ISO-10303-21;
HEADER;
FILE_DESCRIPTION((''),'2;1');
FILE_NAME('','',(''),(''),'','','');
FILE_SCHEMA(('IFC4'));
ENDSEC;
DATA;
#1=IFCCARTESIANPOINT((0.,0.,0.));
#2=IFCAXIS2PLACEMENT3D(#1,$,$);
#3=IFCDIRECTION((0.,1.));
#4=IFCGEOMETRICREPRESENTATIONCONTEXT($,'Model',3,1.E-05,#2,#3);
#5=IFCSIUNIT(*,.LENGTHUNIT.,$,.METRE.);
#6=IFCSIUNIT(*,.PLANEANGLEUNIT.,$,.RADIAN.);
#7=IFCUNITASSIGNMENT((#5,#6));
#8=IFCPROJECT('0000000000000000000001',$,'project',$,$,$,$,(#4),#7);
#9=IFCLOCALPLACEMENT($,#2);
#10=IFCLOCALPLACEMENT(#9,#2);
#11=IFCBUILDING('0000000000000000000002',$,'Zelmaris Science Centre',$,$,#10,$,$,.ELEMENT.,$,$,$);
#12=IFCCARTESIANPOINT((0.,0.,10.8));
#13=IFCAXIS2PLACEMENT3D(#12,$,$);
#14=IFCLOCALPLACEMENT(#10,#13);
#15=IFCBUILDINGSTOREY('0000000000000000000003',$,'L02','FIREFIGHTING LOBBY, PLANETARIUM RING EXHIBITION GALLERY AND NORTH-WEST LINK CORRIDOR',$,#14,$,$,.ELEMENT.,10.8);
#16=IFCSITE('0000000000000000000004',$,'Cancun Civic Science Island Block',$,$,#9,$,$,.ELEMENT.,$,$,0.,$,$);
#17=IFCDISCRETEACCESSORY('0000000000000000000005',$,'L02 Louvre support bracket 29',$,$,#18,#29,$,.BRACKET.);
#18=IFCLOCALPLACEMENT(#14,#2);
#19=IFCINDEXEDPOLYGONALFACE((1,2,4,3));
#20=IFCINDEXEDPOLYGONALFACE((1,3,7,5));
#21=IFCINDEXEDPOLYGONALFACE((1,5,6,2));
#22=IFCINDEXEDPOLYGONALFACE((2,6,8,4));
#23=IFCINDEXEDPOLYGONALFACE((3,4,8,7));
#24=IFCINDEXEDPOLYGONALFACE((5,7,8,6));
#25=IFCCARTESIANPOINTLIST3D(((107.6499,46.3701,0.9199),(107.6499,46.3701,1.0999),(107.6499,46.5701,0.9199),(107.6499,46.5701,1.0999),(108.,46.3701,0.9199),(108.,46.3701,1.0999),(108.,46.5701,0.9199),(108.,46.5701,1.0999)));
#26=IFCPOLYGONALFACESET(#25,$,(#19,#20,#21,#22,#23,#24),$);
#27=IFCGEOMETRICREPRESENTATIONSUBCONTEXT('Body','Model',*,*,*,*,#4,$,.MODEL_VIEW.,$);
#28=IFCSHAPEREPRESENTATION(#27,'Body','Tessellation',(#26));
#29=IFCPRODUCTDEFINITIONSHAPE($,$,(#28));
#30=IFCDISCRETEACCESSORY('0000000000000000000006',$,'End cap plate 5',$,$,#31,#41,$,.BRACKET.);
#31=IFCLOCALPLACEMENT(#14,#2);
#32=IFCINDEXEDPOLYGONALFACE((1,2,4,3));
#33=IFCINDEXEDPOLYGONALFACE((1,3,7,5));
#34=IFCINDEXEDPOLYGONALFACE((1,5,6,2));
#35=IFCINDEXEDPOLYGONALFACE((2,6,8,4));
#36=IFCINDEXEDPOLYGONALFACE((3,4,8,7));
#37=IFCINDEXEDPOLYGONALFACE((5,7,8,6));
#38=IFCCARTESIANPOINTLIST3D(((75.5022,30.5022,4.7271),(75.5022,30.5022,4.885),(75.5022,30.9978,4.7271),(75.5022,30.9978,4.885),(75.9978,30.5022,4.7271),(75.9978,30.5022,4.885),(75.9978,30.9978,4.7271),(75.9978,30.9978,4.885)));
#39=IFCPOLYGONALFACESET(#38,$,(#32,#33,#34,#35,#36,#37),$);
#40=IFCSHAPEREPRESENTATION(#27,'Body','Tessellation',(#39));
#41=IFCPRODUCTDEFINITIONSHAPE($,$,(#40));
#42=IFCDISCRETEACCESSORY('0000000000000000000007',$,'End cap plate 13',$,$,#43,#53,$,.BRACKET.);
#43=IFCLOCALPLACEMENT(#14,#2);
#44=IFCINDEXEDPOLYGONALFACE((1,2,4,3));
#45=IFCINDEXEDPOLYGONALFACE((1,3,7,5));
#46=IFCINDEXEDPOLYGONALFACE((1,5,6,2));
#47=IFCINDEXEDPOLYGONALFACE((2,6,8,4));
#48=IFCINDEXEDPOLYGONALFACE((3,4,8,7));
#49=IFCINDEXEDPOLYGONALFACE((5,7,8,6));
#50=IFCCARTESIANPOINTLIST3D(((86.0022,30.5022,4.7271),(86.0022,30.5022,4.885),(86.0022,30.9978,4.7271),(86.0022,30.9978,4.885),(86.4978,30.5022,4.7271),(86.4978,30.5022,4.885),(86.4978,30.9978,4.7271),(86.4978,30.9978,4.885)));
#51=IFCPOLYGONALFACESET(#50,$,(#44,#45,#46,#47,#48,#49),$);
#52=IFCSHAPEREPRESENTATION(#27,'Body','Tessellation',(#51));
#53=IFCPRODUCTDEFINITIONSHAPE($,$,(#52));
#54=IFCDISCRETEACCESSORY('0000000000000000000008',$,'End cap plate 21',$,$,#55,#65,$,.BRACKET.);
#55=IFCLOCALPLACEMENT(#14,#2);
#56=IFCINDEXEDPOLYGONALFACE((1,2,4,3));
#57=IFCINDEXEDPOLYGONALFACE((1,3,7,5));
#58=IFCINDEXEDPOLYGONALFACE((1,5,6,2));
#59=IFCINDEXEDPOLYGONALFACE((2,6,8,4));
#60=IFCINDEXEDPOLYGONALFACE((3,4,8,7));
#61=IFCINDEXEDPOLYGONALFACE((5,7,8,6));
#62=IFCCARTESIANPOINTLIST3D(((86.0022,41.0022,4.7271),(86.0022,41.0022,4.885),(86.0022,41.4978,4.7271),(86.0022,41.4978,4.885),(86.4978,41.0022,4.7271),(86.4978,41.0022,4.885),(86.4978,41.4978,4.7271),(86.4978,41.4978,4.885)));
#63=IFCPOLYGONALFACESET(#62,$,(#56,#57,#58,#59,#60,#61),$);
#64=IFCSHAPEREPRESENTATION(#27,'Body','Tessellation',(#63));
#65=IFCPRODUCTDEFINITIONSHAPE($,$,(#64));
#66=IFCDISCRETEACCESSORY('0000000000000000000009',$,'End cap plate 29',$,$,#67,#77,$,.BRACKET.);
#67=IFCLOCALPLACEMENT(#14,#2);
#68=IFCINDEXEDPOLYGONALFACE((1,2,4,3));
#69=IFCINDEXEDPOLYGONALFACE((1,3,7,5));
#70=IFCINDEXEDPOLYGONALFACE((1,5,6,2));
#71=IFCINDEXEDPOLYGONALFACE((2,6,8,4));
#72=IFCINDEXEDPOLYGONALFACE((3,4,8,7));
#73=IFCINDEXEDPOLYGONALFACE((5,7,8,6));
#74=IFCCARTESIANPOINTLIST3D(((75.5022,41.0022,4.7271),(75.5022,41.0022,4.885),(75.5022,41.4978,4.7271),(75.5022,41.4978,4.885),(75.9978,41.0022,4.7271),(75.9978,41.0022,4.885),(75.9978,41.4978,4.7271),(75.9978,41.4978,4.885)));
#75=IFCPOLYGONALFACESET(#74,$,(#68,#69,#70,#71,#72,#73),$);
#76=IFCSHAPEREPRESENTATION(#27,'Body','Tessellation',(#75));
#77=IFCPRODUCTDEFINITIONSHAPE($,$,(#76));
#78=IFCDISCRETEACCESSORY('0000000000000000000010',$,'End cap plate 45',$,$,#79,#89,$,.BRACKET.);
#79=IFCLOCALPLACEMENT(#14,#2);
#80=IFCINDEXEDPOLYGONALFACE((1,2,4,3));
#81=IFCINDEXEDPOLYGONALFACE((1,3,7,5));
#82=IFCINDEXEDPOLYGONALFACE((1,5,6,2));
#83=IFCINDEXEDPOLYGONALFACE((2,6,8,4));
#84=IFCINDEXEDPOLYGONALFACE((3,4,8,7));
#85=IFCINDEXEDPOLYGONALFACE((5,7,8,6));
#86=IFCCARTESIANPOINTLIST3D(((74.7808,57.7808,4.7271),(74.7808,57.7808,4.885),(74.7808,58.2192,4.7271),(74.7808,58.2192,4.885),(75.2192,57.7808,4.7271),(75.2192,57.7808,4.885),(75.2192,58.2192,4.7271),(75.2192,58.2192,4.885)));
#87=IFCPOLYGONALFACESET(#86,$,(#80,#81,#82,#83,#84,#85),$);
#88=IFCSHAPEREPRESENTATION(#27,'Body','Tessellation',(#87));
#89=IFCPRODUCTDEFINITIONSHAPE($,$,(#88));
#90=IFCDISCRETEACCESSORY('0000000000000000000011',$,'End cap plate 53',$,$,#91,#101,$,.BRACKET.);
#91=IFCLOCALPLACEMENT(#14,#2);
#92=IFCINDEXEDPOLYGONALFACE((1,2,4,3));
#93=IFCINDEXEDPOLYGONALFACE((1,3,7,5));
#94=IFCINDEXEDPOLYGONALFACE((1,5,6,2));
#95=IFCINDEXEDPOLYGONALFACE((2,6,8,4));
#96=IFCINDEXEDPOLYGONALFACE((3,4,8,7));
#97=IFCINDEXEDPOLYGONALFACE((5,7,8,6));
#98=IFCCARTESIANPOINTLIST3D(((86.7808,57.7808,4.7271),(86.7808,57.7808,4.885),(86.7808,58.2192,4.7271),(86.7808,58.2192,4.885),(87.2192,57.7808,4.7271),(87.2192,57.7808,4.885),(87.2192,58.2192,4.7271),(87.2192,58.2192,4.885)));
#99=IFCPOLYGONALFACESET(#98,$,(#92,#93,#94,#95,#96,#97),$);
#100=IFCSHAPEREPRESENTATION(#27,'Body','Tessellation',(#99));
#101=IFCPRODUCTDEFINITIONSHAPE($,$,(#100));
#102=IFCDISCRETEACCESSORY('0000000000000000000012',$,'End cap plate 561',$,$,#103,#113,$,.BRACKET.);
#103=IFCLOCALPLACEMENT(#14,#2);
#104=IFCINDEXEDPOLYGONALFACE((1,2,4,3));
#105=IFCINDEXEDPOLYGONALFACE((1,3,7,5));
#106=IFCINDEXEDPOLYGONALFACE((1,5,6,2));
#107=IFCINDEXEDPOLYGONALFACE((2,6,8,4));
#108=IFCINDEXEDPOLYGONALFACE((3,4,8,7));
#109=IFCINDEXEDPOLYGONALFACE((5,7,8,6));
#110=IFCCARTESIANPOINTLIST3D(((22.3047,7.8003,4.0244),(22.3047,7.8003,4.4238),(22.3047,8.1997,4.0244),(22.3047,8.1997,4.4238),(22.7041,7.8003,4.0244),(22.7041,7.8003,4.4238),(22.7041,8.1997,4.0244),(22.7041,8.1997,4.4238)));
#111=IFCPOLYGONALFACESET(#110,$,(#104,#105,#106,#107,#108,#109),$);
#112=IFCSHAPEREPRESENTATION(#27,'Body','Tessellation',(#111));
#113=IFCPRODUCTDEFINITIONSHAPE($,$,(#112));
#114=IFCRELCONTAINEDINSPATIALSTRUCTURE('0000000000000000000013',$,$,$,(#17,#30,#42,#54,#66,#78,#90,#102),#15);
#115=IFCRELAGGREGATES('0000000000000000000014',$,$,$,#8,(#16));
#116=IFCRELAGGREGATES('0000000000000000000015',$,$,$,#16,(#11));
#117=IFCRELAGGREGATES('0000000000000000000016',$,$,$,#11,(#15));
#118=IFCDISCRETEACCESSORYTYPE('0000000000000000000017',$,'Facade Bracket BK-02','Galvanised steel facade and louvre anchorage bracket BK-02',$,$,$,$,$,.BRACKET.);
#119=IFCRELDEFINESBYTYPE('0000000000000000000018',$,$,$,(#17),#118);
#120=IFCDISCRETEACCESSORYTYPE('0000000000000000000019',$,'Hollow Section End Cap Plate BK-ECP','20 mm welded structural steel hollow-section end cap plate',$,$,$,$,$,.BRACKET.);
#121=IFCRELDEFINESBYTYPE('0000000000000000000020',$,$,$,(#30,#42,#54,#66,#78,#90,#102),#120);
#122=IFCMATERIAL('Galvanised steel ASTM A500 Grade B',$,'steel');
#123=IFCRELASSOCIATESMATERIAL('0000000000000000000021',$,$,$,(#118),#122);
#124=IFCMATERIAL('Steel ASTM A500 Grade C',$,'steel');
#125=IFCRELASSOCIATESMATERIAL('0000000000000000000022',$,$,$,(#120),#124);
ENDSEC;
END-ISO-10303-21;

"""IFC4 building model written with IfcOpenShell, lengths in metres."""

from ifc_helpers import new_model, si_unit, direction, frame, origin, place, context, subcontext, project, spatial, polyline, outline, extrude, material, type_object, element, save


model = new_model("IFC4")

# Units and contexts
model_context = context("Model", 3, precision=1e-05, world=origin(), true_north=direction((0.0, 1.0)))
body_context = subcontext(model_context, "Body", "Model", "MODEL_VIEW")
ifc_project = project(units=[si_unit("LENGTHUNIT", "METRE"), si_unit("PLANEANGLEUNIT", "RADIAN")], contexts=[model_context])

# Site, building, storey
site_placement = place(None, origin())
site = spatial("IfcSite", under=ifc_project, at=site_placement, Name="Cancun Civic Science Island Block", CompositionType="ELEMENT", RefElevation=0.0)
building_placement = place(site_placement, origin())
building = spatial("IfcBuilding", under=site, at=building_placement, Name="Zelmaris Science Centre", CompositionType="ELEMENT")
storey_placement = place(building_placement, frame((0.0, 0.0, 10.8)))
storey = spatial("IfcBuildingStorey", under=building, at=storey_placement, Name="L02", Description="FIREFIGHTING LOBBY, PLANETARIUM RING EXHIBITION GALLERY AND NORTH-WEST LINK CORRIDOR", CompositionType="ELEMENT", Elevation=10.8)

# Discrete accessories
ifc_material_1 = material(Name="Galvanised steel ASTM A500 Grade B", Category="steel")
discrete_accessory_type_1 = type_object("IfcDiscreteAccessoryType", Name="Facade Bracket BK-02", Description="Galvanised steel facade and louvre anchorage bracket BK-02", PredefinedType="BRACKET", material=ifc_material_1)
discrete_accessory_1_placement = place(storey_placement, frame((0.0, 0.0, 0.9199)))
element("IfcDiscreteAccessory", 1, at=discrete_accessory_1_placement, inside=storey, type_object=discrete_accessory_type_1, Name="L02 Louvre support bracket 29", PredefinedType="BRACKET", context=body_context, shape_type="SweptSolid", body=[
    extrude(outline(polyline([(108.0, 46.3701), (108.0, 46.5701), (107.6499, 46.5701), (107.6499, 46.3701), (108.0, 46.3701)])), origin(), (0.0, 0.0, 1.0), 0.1799),
])
ifc_material_2 = material(Name="Steel ASTM A500 Grade C", Category="steel")
discrete_accessory_type_2 = type_object("IfcDiscreteAccessoryType", Name="Hollow Section End Cap Plate BK-ECP", Description="20 mm welded structural steel hollow-section end cap plate", PredefinedType="BRACKET", material=ifc_material_2)
discrete_accessory_2_placement = place(storey_placement, frame((0.0, 0.0, 4.7271)))
element("IfcDiscreteAccessory", 2, at=discrete_accessory_2_placement, inside=storey, type_object=discrete_accessory_type_2, Name="End cap plate 5", PredefinedType="BRACKET", context=body_context, shape_type="SweptSolid", body=[
    extrude(outline(polyline([(75.5022, 30.5022), (75.9978, 30.5022), (75.9978, 30.9978), (75.5022, 30.9978), (75.5022, 30.5022)])), origin(), (0.0, 0.0, 1.0), 0.158),
])
discrete_accessory_3_placement = place(storey_placement, frame((0.0, 0.0, 4.7271)))
element("IfcDiscreteAccessory", 3, at=discrete_accessory_3_placement, inside=storey, type_object=discrete_accessory_type_2, Name="End cap plate 13", PredefinedType="BRACKET", context=body_context, shape_type="SweptSolid", body=[
    extrude(outline(polyline([(86.0022, 30.5022), (86.4978, 30.5022), (86.4978, 30.9978), (86.0022, 30.9978), (86.0022, 30.5022)])), origin(), (0.0, 0.0, 1.0), 0.158),
])
discrete_accessory_4_placement = place(storey_placement, frame((0.0, 0.0, 4.7271)))
element("IfcDiscreteAccessory", 4, at=discrete_accessory_4_placement, inside=storey, type_object=discrete_accessory_type_2, Name="End cap plate 21", PredefinedType="BRACKET", context=body_context, shape_type="SweptSolid", body=[
    extrude(outline(polyline([(86.0022, 41.0022), (86.4978, 41.0022), (86.4978, 41.4978), (86.0022, 41.4978), (86.0022, 41.0022)])), origin(), (0.0, 0.0, 1.0), 0.158),
])
discrete_accessory_5_placement = place(storey_placement, frame((0.0, 0.0, 4.7271)))
element("IfcDiscreteAccessory", 5, at=discrete_accessory_5_placement, inside=storey, type_object=discrete_accessory_type_2, Name="End cap plate 29", PredefinedType="BRACKET", context=body_context, shape_type="SweptSolid", body=[
    extrude(outline(polyline([(75.5022, 41.0022), (75.9978, 41.0022), (75.9978, 41.4978), (75.5022, 41.4978), (75.5022, 41.0022)])), origin(), (0.0, 0.0, 1.0), 0.158),
])
discrete_accessory_6_placement = place(storey_placement, frame((0.0, 0.0, 4.7271)))
element("IfcDiscreteAccessory", 6, at=discrete_accessory_6_placement, inside=storey, type_object=discrete_accessory_type_2, Name="End cap plate 45", PredefinedType="BRACKET", context=body_context, shape_type="SweptSolid", body=[
    extrude(outline(polyline([(74.7808, 57.7808), (75.2192, 57.7808), (75.2192, 58.2192), (74.7808, 58.2192), (74.7808, 57.7808)])), origin(), (0.0, 0.0, 1.0), 0.158),
])
discrete_accessory_7_placement = place(storey_placement, frame((0.0, 0.0, 4.7271)))
element("IfcDiscreteAccessory", 7, at=discrete_accessory_7_placement, inside=storey, type_object=discrete_accessory_type_2, Name="End cap plate 53", PredefinedType="BRACKET", context=body_context, shape_type="SweptSolid", body=[
    extrude(outline(polyline([(86.7808, 57.7808), (87.2192, 57.7808), (87.2192, 58.2192), (86.7808, 58.2192), (86.7808, 57.7808)])), origin(), (0.0, 0.0, 1.0), 0.158),
])
discrete_accessory_8_placement = place(storey_placement, frame((0.0, 0.0, 4.0244)))
element("IfcDiscreteAccessory", 8, at=discrete_accessory_8_placement, inside=storey, type_object=discrete_accessory_type_2, Name="End cap plate 561", PredefinedType="BRACKET", context=body_context, shape_type="SweptSolid", body=[
    extrude(outline(polyline([(22.3047, 7.8003), (22.7041, 7.8003), (22.7041, 8.1997), (22.3047, 8.1997), (22.3047, 7.8003)])), origin(), (0.0, 0.0, 1.0), 0.3994),
])

save(model, "model.ifc")
